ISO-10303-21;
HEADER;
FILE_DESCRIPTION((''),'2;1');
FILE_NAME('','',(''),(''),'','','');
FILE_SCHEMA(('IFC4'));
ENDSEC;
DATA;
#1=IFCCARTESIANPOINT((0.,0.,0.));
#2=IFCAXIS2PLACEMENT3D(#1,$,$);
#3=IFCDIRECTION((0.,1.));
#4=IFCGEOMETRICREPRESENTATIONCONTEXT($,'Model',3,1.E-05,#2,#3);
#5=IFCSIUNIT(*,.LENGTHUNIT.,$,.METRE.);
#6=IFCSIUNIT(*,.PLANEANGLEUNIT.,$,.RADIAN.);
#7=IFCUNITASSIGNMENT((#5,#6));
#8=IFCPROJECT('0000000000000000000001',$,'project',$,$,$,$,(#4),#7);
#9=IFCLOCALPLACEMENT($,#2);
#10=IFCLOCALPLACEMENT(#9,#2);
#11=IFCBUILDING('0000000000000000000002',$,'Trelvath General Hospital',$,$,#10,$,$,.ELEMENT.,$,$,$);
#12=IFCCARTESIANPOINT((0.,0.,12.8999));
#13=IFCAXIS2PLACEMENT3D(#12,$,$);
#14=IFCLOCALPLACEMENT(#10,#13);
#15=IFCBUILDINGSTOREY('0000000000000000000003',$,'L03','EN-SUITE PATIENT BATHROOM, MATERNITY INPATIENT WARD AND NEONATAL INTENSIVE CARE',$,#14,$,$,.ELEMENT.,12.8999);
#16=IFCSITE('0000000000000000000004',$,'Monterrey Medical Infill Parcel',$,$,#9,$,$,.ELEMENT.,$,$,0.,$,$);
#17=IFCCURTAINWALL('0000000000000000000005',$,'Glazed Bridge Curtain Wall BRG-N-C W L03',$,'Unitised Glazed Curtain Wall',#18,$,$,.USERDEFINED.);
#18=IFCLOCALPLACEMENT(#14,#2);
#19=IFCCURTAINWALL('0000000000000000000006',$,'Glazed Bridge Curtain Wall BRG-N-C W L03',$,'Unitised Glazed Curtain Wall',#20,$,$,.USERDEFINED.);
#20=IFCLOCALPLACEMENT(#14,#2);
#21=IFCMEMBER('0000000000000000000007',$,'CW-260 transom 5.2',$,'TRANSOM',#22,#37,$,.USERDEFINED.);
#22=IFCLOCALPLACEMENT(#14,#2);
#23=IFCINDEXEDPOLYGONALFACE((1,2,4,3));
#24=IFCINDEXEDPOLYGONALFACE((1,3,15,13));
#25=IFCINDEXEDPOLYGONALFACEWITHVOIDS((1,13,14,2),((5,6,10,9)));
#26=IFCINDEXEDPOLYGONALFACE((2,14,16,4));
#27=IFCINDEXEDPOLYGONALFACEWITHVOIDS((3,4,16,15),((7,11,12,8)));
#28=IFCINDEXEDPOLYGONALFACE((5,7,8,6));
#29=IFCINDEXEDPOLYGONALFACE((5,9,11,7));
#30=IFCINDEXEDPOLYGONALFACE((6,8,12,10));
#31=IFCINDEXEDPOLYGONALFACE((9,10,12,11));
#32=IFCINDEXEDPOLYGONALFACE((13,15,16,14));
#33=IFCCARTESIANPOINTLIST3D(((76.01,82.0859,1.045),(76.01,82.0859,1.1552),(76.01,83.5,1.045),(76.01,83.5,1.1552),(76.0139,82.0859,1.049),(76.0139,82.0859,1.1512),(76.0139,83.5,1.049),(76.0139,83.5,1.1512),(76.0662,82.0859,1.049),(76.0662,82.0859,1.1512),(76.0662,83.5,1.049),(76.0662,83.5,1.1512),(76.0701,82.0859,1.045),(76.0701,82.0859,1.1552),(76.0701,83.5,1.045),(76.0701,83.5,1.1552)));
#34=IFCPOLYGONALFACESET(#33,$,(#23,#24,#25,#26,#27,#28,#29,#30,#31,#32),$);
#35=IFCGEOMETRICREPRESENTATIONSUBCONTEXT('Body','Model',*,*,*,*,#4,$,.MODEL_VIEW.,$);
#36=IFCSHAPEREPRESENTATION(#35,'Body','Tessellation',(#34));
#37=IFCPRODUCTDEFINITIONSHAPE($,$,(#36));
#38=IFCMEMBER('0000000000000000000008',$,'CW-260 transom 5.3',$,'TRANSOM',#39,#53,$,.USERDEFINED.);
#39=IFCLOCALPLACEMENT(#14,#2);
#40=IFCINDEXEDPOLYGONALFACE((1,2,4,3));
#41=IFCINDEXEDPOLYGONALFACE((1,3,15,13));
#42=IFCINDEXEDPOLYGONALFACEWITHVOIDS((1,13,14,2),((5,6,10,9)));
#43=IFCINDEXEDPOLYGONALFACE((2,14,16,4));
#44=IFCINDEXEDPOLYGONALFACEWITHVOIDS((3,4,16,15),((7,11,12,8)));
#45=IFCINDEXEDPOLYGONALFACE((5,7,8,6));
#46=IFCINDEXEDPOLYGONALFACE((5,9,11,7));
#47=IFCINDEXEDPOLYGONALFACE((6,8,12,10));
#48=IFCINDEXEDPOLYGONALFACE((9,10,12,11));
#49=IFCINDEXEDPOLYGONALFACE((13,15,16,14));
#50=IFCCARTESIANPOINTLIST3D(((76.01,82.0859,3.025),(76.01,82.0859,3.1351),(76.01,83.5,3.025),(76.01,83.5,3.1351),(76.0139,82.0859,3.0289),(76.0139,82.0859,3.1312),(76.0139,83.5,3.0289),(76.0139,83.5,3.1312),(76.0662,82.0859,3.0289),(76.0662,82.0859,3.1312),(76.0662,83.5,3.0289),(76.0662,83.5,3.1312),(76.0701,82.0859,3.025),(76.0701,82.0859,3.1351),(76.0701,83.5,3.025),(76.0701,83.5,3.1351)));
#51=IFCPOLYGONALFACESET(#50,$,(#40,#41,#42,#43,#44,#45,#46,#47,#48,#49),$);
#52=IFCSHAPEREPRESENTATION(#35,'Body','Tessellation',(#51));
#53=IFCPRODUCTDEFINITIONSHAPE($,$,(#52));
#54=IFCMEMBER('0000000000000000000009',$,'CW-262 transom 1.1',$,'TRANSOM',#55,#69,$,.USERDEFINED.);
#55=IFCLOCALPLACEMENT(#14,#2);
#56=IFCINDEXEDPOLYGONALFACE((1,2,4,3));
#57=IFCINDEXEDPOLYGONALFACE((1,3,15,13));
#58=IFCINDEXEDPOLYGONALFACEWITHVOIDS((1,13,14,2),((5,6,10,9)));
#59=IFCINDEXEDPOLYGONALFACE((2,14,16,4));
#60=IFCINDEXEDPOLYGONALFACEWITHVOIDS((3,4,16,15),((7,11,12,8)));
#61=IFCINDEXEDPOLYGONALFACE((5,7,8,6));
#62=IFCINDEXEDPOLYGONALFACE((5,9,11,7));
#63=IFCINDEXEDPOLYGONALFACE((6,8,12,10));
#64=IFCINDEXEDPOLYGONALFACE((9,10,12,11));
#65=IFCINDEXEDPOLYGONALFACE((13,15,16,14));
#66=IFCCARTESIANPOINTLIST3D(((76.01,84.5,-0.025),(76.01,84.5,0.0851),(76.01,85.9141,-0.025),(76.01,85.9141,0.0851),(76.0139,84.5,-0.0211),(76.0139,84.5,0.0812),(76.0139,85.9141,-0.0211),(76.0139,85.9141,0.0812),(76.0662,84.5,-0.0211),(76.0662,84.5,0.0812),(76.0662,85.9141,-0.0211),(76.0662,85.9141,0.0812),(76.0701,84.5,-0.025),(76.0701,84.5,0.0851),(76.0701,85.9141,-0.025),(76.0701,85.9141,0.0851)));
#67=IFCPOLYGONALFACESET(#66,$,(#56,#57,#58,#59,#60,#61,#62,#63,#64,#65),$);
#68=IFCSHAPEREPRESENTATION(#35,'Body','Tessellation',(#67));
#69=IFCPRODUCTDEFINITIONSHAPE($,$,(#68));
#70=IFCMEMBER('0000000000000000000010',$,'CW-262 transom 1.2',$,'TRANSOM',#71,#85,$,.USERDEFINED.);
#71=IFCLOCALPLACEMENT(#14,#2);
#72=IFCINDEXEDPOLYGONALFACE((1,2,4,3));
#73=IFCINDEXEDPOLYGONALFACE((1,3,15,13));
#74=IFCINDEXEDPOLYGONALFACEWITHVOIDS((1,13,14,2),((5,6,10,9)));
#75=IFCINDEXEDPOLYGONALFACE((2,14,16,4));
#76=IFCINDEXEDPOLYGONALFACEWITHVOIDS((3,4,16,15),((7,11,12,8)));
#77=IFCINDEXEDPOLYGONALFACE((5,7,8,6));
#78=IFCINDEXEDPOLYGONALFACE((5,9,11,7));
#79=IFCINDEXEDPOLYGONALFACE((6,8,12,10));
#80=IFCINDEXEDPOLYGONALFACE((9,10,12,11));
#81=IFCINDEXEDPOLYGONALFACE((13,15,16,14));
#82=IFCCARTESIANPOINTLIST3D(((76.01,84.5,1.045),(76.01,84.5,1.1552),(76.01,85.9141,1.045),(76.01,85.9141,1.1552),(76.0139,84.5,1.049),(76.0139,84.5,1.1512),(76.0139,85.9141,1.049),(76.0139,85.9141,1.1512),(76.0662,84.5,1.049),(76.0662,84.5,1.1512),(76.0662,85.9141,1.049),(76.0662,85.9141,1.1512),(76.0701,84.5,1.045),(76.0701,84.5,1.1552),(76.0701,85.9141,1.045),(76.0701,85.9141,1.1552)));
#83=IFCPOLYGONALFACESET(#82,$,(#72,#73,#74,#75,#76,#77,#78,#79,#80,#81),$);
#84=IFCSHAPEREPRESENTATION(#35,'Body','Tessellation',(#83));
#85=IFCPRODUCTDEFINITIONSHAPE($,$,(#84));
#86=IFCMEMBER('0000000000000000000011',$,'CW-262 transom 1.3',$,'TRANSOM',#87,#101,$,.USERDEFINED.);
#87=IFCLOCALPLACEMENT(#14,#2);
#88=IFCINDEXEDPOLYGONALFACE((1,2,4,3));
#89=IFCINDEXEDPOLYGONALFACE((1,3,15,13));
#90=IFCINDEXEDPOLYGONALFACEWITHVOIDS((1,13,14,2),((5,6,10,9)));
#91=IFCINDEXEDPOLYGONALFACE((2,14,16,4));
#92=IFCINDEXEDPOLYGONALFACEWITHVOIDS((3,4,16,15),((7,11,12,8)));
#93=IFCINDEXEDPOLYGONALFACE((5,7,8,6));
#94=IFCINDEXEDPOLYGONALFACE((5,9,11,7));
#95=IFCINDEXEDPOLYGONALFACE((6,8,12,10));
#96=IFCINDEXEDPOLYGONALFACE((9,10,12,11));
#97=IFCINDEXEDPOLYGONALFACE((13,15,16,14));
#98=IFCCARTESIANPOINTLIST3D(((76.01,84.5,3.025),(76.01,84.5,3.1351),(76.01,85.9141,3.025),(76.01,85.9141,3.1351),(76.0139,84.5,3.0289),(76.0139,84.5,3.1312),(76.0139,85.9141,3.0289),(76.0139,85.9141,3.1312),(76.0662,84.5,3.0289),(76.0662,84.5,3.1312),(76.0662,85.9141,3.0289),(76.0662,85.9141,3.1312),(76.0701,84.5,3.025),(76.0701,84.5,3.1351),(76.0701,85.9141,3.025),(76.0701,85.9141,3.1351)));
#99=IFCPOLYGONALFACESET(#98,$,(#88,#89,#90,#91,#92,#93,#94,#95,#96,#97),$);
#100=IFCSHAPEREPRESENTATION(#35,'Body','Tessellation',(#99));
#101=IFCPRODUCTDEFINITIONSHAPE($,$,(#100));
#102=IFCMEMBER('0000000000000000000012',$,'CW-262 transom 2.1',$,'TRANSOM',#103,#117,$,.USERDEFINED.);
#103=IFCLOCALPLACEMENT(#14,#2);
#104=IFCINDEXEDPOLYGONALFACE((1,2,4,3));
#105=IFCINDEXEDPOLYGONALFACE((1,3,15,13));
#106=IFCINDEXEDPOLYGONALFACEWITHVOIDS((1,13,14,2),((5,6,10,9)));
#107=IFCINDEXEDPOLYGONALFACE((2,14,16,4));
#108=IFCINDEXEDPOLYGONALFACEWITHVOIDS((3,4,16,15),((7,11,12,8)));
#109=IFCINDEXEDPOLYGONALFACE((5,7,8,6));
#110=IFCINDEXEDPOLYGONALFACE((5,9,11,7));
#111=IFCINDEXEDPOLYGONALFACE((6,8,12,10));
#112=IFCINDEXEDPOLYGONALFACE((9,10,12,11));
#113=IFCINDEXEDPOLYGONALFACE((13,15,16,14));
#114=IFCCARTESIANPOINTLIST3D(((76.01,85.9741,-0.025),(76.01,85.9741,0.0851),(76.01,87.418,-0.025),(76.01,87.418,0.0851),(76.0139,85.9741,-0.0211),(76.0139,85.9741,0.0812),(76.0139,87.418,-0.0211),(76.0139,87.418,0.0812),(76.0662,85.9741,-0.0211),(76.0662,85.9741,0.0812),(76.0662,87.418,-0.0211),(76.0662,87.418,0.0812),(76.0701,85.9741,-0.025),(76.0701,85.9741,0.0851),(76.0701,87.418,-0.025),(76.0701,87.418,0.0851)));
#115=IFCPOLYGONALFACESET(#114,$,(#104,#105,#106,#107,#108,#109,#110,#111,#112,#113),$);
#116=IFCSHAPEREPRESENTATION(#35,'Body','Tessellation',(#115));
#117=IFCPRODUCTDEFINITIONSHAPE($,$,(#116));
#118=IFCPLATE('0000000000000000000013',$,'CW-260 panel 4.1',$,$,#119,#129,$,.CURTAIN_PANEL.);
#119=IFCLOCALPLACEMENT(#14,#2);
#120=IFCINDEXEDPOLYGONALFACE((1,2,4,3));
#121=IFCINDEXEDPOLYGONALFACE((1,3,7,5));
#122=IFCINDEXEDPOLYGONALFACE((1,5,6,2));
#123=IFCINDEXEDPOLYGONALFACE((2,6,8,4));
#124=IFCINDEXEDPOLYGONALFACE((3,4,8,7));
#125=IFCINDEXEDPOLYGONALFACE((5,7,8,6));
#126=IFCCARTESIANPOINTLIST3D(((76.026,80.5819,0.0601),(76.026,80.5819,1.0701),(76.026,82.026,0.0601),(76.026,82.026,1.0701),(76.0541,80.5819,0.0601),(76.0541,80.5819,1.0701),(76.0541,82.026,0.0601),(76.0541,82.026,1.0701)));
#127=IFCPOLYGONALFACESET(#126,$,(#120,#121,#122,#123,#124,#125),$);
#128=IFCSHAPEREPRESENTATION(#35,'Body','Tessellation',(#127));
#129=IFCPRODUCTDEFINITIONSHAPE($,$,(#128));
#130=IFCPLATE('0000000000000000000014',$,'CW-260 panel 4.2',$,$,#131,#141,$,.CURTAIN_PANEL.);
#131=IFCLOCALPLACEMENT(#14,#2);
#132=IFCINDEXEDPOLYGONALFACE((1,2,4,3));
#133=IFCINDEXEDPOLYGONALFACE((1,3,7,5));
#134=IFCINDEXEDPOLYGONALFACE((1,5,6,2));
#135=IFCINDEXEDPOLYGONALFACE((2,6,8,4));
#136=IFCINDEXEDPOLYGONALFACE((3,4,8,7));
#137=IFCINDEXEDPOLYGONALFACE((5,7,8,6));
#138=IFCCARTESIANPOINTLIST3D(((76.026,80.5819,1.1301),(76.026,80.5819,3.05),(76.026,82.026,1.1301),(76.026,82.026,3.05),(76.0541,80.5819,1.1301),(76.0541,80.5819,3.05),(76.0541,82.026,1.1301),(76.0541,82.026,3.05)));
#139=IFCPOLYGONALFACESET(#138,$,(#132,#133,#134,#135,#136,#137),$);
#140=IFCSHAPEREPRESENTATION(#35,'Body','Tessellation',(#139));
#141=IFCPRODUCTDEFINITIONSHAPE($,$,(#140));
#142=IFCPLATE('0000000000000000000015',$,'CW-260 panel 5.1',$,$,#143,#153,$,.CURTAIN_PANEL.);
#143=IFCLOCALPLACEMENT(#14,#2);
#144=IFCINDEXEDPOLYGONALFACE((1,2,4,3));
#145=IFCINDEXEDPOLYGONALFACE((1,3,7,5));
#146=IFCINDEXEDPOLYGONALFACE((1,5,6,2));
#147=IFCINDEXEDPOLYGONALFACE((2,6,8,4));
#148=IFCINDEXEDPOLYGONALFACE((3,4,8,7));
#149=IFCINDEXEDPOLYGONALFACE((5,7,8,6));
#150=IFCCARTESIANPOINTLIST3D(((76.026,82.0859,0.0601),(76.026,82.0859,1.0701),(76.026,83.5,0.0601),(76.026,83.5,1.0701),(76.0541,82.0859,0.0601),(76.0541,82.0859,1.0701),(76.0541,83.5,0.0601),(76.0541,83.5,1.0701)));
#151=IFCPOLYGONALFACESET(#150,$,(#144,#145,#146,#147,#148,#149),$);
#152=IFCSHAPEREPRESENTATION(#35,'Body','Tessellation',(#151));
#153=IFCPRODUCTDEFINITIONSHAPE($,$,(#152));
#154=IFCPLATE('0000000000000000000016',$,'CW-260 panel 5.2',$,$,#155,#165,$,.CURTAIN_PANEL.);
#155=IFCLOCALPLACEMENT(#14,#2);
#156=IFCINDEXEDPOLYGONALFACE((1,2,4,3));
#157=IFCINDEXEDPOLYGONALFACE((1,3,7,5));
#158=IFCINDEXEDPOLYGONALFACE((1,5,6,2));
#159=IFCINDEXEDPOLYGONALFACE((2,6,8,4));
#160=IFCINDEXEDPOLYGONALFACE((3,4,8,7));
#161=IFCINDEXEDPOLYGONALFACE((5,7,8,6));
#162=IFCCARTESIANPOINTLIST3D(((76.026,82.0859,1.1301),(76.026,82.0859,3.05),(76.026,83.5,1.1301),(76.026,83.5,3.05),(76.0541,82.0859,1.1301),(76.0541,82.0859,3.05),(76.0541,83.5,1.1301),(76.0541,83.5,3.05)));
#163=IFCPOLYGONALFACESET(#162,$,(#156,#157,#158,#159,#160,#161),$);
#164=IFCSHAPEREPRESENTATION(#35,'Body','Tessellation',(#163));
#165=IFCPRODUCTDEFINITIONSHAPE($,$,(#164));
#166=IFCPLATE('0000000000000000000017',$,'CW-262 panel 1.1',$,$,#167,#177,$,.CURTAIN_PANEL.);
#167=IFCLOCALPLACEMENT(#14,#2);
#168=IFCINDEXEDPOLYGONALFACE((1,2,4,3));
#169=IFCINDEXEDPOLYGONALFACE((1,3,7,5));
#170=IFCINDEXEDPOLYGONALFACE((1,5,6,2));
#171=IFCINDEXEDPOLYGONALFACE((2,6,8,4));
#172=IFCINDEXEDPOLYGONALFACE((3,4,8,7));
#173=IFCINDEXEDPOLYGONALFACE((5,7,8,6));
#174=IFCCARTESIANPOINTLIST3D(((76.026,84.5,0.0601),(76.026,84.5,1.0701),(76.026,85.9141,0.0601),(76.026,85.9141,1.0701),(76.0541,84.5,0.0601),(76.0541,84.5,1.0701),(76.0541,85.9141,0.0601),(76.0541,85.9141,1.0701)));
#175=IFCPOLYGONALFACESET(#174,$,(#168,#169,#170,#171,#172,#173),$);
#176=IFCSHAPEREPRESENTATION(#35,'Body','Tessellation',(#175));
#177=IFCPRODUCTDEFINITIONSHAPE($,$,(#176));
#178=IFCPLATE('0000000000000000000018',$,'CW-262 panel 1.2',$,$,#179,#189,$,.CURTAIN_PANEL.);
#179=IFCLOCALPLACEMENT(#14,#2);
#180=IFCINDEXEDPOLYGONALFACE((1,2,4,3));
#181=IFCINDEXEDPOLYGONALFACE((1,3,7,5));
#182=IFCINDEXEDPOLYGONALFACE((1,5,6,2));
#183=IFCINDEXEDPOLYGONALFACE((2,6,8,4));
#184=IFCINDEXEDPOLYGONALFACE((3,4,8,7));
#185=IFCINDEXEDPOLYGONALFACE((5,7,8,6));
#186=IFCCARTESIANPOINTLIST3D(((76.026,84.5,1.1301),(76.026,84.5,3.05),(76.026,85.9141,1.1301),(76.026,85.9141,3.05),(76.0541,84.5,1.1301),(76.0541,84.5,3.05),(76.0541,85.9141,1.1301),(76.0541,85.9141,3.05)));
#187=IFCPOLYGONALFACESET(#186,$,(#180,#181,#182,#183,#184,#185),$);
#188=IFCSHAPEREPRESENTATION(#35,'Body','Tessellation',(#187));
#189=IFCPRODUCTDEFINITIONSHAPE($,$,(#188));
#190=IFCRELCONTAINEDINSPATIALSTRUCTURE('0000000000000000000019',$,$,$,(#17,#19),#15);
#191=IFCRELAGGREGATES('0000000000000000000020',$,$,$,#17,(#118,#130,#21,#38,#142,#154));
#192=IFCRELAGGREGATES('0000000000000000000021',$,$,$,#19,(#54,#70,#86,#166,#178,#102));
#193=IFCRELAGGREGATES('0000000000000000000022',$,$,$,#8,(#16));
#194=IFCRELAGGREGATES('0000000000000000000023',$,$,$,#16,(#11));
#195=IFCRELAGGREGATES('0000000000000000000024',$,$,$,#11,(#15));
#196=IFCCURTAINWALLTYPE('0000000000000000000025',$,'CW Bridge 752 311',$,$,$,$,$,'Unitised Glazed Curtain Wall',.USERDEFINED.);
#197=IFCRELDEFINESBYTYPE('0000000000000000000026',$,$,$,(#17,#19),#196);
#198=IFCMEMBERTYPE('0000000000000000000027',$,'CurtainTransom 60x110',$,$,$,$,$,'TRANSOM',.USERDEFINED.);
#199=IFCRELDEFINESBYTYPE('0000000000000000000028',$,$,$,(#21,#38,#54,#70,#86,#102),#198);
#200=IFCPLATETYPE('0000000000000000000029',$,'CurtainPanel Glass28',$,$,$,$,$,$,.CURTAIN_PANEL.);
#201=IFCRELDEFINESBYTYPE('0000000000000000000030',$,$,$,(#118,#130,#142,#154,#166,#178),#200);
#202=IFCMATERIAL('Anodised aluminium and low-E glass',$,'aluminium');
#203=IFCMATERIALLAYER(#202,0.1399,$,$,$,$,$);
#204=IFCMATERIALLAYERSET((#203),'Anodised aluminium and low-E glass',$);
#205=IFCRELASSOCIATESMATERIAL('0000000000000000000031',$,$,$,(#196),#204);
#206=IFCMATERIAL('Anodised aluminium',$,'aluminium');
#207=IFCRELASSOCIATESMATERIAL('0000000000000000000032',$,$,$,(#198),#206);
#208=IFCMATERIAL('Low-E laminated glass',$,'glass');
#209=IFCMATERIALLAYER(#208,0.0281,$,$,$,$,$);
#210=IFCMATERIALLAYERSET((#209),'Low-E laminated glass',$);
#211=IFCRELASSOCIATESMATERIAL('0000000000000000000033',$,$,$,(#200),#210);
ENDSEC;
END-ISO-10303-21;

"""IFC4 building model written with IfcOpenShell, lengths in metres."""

from ifc_helpers import new_model, si_unit, direction, frame, origin, origin_2d, place, context, subcontext, project, spatial, rectangle, hollow_rectangle, extrude, material, layer, layer_set, material_profile, profile_set, type_object, element, aggregate, save


model = new_model("IFC4")

# Units and contexts
model_context = context("Model", 3, precision=1e-05, world=origin(), true_north=direction((0.0, 1.0)))
body_context = subcontext(model_context, "Body", "Model", "MODEL_VIEW")
ifc_project = project(units=[si_unit("LENGTHUNIT", "METRE"), si_unit("PLANEANGLEUNIT", "RADIAN")], contexts=[model_context])

# Site, building, storey
site_placement = place(None, origin())
site = spatial("IfcSite", under=ifc_project, at=site_placement, Name="Monterrey Medical Infill Parcel", CompositionType="ELEMENT", RefElevation=0.0)
building_placement = place(site_placement, origin())
building = spatial("IfcBuilding", under=site, at=building_placement, Name="Trelvath General Hospital", CompositionType="ELEMENT")
storey_placement = place(building_placement, frame((0.0, 0.0, 12.8999)))
storey = spatial("IfcBuildingStorey", under=building, at=storey_placement, Name="L03", Description="EN-SUITE PATIENT BATHROOM, MATERNITY INPATIENT WARD AND NEONATAL INTENSIVE CARE", CompositionType="ELEMENT", Elevation=12.8999)

# Curtain walls
ifc_material_1 = material(Name="Anodised aluminium and low-E glass", Category="aluminium")
ifc_layer_1 = layer(ifc_material_1, 0.1399)
ifc_layer_set_1 = layer_set([ifc_layer_1], Name="Anodised aluminium and low-E glass")
curtain_wall_type = type_object("IfcCurtainWallType", Name="CW Bridge 752 311", ElementType="Unitised Glazed Curtain Wall", PredefinedType="USERDEFINED", material=ifc_layer_set_1)
curtain_wall_1_placement = place(storey_placement, origin())
curtain_wall_1 = element("IfcCurtainWall", 1, at=curtain_wall_1_placement, inside=storey, type_object=curtain_wall_type, Name="Glazed Bridge Curtain Wall BRG-N-C W L03", ObjectType="Unitised Glazed Curtain Wall", PredefinedType="USERDEFINED")
curtain_wall_2_placement = place(storey_placement, origin())
curtain_wall_2 = element("IfcCurtainWall", 2, at=curtain_wall_2_placement, inside=storey, type_object=curtain_wall_type, Name="Glazed Bridge Curtain Wall BRG-N-C W L03", ObjectType="Unitised Glazed Curtain Wall", PredefinedType="USERDEFINED")

# Members
ifc_material_2 = material(Name="Anodised aluminium", Category="aluminium")
ifc_material_profile_1 = material_profile(ifc_material_2, hollow_rectangle(XDim=0.0601, YDim=0.1101, WallThickness=0.0039, at=origin_2d()), Name="RHS60x110x4")
ifc_profile_set_1 = profile_set([ifc_material_profile_1], Name="Anodised aluminium")
member_type_1 = type_object("IfcMemberType", Name="CurtainTransom 60x110", ElementType="TRANSOM", PredefinedType="USERDEFINED", material=ifc_profile_set_1)
member_1_placement = place(storey_placement, frame((76.04, 82.0859, 1.1001), z_axis=(0.0, 1.0, 0.0), x_axis=(-1.0, 0.0, 0.0)))
member_1 = element("IfcMember", 3, at=member_1_placement, type_object=member_type_1, Name="CW-260 transom 5.2", ObjectType="TRANSOM", PredefinedType="USERDEFINED", context=body_context, shape_type="SweptSolid", body=[
    extrude(hollow_rectangle(XDim=0.0601, YDim=0.1101, WallThickness=0.0039, at=origin_2d()), origin(), (0.0, 0.0, 1.0), 1.4141),
])
member_2_placement = place(storey_placement, frame((76.04, 82.0859, 3.0801), z_axis=(0.0, 1.0, 0.0), x_axis=(-1.0, 0.0, 0.0)))
member_2 = element("IfcMember", 4, at=member_2_placement, type_object=member_type_1, Name="CW-260 transom 5.3", ObjectType="TRANSOM", PredefinedType="USERDEFINED", context=body_context, shape_type="SweptSolid", body=[
    extrude(hollow_rectangle(XDim=0.0601, YDim=0.1101, WallThickness=0.0039, at=origin_2d()), origin(), (0.0, 0.0, 1.0), 1.4141),
])
member_3_placement = place(storey_placement, frame((76.04, 84.5, 0.03), z_axis=(0.0, 1.0, 0.0), x_axis=(-1.0, 0.0, 0.0)))
member_3 = element("IfcMember", 5, at=member_3_placement, type_object=member_type_1, Name="CW-262 transom 1.1", ObjectType="TRANSOM", PredefinedType="USERDEFINED", context=body_context, shape_type="SweptSolid", body=[
    extrude(hollow_rectangle(XDim=0.0601, YDim=0.1101, WallThickness=0.0039, at=origin_2d()), origin(), (0.0, 0.0, 1.0), 1.4141),
])
member_4_placement = place(storey_placement, frame((76.04, 84.5, 1.1001), z_axis=(0.0, 1.0, 0.0), x_axis=(-1.0, 0.0, 0.0)))
member_4 = element("IfcMember", 6, at=member_4_placement, type_object=member_type_1, Name="CW-262 transom 1.2", ObjectType="TRANSOM", PredefinedType="USERDEFINED", context=body_context, shape_type="SweptSolid", body=[
    extrude(hollow_rectangle(XDim=0.0601, YDim=0.1101, WallThickness=0.0039, at=origin_2d()), origin(), (0.0, 0.0, 1.0), 1.4141),
])
member_5_placement = place(storey_placement, frame((76.04, 84.5, 3.0801), z_axis=(0.0, 1.0, 0.0), x_axis=(-1.0, 0.0, 0.0)))
member_5 = element("IfcMember", 7, at=member_5_placement, type_object=member_type_1, Name="CW-262 transom 1.3", ObjectType="TRANSOM", PredefinedType="USERDEFINED", context=body_context, shape_type="SweptSolid", body=[
    extrude(hollow_rectangle(XDim=0.0601, YDim=0.1101, WallThickness=0.0039, at=origin_2d()), origin(), (0.0, 0.0, 1.0), 1.4141),
])
member_6_placement = place(storey_placement, frame((76.04, 85.9741, 0.03), z_axis=(0.0, 1.0, 0.0), x_axis=(-1.0, 0.0, 0.0)))
member_6 = element("IfcMember", 8, at=member_6_placement, type_object=member_type_1, Name="CW-262 transom 2.1", ObjectType="TRANSOM", PredefinedType="USERDEFINED", context=body_context, shape_type="SweptSolid", body=[
    extrude(hollow_rectangle(XDim=0.0601, YDim=0.1101, WallThickness=0.0039, at=origin_2d()), origin(), (0.0, 0.0, 1.0), 1.4438),
])

# Plates
ifc_material_3 = material(Name="Low-E laminated glass", Category="glass")
ifc_layer_2 = layer(ifc_material_3, 0.0281)
ifc_layer_set_2 = layer_set([ifc_layer_2], Name="Low-E laminated glass")
plate_type = type_object("IfcPlateType", Name="CurtainPanel Glass28", PredefinedType="CURTAIN_PANEL", material=ifc_layer_set_2)
plate_1_placement = place(storey_placement, frame((76.04, 81.304, 0.0601), z_axis=(0.0, 0.0, 1.0), x_axis=(0.0, 1.0, 0.0)))
plate_1 = element("IfcPlate", 9, at=plate_1_placement, type_object=plate_type, Name="CW-260 panel 4.1", PredefinedType="CURTAIN_PANEL", context=body_context, shape_type="SweptSolid", body=[
    extrude(rectangle(XDim=1.4441, YDim=0.0281, at=origin_2d()), origin(), (0.0, 0.0, 1.0), 1.01),
])
plate_2_placement = place(storey_placement, frame((76.04, 81.304, 1.1301), z_axis=(0.0, 0.0, 1.0), x_axis=(0.0, 1.0, 0.0)))
plate_2 = element("IfcPlate", 10, at=plate_2_placement, type_object=plate_type, Name="CW-260 panel 4.2", PredefinedType="CURTAIN_PANEL", context=body_context, shape_type="SweptSolid", body=[
    extrude(rectangle(XDim=1.4441, YDim=0.0281, at=origin_2d()), origin(), (0.0, 0.0, 1.0), 1.9199),
])
plate_3_placement = place(storey_placement, frame((76.04, 82.793, 0.0601), z_axis=(0.0, 0.0, 1.0), x_axis=(0.0, 1.0, 0.0)))
plate_3 = element("IfcPlate", 11, at=plate_3_placement, type_object=plate_type, Name="CW-260 panel 5.1", PredefinedType="CURTAIN_PANEL", context=body_context, shape_type="SweptSolid", body=[
    extrude(rectangle(XDim=1.4141, YDim=0.0281, at=origin_2d()), origin(), (0.0, 0.0, 1.0), 1.01),
])
plate_4_placement = place(storey_placement, frame((76.04, 82.793, 1.1301), z_axis=(0.0, 0.0, 1.0), x_axis=(0.0, 1.0, 0.0)))
plate_4 = element("IfcPlate", 12, at=plate_4_placement, type_object=plate_type, Name="CW-260 panel 5.2", PredefinedType="CURTAIN_PANEL", context=body_context, shape_type="SweptSolid", body=[
    extrude(rectangle(XDim=1.4141, YDim=0.0281, at=origin_2d()), origin(), (0.0, 0.0, 1.0), 1.9199),
])
aggregate(curtain_wall_1, [plate_1, plate_2, member_1, member_2, plate_3, plate_4])
plate_5_placement = place(storey_placement, frame((76.04, 85.207, 0.0601), z_axis=(0.0, 0.0, 1.0), x_axis=(0.0, 1.0, 0.0)))
plate_5 = element("IfcPlate", 13, at=plate_5_placement, type_object=plate_type, Name="CW-262 panel 1.1", PredefinedType="CURTAIN_PANEL", context=body_context, shape_type="SweptSolid", body=[
    extrude(rectangle(XDim=1.4141, YDim=0.0281, at=origin_2d()), origin(), (0.0, 0.0, 1.0), 1.01),
])
plate_6_placement = place(storey_placement, frame((76.04, 85.207, 1.1301), z_axis=(0.0, 0.0, 1.0), x_axis=(0.0, 1.0, 0.0)))
plate_6 = element("IfcPlate", 14, at=plate_6_placement, type_object=plate_type, Name="CW-262 panel 1.2", PredefinedType="CURTAIN_PANEL", context=body_context, shape_type="SweptSolid", body=[
    extrude(rectangle(XDim=1.4141, YDim=0.0281, at=origin_2d()), origin(), (0.0, 0.0, 1.0), 1.9199),
])
aggregate(curtain_wall_2, [member_3, member_4, member_5, plate_5, plate_6, member_6])

save(model, "model.ifc")
